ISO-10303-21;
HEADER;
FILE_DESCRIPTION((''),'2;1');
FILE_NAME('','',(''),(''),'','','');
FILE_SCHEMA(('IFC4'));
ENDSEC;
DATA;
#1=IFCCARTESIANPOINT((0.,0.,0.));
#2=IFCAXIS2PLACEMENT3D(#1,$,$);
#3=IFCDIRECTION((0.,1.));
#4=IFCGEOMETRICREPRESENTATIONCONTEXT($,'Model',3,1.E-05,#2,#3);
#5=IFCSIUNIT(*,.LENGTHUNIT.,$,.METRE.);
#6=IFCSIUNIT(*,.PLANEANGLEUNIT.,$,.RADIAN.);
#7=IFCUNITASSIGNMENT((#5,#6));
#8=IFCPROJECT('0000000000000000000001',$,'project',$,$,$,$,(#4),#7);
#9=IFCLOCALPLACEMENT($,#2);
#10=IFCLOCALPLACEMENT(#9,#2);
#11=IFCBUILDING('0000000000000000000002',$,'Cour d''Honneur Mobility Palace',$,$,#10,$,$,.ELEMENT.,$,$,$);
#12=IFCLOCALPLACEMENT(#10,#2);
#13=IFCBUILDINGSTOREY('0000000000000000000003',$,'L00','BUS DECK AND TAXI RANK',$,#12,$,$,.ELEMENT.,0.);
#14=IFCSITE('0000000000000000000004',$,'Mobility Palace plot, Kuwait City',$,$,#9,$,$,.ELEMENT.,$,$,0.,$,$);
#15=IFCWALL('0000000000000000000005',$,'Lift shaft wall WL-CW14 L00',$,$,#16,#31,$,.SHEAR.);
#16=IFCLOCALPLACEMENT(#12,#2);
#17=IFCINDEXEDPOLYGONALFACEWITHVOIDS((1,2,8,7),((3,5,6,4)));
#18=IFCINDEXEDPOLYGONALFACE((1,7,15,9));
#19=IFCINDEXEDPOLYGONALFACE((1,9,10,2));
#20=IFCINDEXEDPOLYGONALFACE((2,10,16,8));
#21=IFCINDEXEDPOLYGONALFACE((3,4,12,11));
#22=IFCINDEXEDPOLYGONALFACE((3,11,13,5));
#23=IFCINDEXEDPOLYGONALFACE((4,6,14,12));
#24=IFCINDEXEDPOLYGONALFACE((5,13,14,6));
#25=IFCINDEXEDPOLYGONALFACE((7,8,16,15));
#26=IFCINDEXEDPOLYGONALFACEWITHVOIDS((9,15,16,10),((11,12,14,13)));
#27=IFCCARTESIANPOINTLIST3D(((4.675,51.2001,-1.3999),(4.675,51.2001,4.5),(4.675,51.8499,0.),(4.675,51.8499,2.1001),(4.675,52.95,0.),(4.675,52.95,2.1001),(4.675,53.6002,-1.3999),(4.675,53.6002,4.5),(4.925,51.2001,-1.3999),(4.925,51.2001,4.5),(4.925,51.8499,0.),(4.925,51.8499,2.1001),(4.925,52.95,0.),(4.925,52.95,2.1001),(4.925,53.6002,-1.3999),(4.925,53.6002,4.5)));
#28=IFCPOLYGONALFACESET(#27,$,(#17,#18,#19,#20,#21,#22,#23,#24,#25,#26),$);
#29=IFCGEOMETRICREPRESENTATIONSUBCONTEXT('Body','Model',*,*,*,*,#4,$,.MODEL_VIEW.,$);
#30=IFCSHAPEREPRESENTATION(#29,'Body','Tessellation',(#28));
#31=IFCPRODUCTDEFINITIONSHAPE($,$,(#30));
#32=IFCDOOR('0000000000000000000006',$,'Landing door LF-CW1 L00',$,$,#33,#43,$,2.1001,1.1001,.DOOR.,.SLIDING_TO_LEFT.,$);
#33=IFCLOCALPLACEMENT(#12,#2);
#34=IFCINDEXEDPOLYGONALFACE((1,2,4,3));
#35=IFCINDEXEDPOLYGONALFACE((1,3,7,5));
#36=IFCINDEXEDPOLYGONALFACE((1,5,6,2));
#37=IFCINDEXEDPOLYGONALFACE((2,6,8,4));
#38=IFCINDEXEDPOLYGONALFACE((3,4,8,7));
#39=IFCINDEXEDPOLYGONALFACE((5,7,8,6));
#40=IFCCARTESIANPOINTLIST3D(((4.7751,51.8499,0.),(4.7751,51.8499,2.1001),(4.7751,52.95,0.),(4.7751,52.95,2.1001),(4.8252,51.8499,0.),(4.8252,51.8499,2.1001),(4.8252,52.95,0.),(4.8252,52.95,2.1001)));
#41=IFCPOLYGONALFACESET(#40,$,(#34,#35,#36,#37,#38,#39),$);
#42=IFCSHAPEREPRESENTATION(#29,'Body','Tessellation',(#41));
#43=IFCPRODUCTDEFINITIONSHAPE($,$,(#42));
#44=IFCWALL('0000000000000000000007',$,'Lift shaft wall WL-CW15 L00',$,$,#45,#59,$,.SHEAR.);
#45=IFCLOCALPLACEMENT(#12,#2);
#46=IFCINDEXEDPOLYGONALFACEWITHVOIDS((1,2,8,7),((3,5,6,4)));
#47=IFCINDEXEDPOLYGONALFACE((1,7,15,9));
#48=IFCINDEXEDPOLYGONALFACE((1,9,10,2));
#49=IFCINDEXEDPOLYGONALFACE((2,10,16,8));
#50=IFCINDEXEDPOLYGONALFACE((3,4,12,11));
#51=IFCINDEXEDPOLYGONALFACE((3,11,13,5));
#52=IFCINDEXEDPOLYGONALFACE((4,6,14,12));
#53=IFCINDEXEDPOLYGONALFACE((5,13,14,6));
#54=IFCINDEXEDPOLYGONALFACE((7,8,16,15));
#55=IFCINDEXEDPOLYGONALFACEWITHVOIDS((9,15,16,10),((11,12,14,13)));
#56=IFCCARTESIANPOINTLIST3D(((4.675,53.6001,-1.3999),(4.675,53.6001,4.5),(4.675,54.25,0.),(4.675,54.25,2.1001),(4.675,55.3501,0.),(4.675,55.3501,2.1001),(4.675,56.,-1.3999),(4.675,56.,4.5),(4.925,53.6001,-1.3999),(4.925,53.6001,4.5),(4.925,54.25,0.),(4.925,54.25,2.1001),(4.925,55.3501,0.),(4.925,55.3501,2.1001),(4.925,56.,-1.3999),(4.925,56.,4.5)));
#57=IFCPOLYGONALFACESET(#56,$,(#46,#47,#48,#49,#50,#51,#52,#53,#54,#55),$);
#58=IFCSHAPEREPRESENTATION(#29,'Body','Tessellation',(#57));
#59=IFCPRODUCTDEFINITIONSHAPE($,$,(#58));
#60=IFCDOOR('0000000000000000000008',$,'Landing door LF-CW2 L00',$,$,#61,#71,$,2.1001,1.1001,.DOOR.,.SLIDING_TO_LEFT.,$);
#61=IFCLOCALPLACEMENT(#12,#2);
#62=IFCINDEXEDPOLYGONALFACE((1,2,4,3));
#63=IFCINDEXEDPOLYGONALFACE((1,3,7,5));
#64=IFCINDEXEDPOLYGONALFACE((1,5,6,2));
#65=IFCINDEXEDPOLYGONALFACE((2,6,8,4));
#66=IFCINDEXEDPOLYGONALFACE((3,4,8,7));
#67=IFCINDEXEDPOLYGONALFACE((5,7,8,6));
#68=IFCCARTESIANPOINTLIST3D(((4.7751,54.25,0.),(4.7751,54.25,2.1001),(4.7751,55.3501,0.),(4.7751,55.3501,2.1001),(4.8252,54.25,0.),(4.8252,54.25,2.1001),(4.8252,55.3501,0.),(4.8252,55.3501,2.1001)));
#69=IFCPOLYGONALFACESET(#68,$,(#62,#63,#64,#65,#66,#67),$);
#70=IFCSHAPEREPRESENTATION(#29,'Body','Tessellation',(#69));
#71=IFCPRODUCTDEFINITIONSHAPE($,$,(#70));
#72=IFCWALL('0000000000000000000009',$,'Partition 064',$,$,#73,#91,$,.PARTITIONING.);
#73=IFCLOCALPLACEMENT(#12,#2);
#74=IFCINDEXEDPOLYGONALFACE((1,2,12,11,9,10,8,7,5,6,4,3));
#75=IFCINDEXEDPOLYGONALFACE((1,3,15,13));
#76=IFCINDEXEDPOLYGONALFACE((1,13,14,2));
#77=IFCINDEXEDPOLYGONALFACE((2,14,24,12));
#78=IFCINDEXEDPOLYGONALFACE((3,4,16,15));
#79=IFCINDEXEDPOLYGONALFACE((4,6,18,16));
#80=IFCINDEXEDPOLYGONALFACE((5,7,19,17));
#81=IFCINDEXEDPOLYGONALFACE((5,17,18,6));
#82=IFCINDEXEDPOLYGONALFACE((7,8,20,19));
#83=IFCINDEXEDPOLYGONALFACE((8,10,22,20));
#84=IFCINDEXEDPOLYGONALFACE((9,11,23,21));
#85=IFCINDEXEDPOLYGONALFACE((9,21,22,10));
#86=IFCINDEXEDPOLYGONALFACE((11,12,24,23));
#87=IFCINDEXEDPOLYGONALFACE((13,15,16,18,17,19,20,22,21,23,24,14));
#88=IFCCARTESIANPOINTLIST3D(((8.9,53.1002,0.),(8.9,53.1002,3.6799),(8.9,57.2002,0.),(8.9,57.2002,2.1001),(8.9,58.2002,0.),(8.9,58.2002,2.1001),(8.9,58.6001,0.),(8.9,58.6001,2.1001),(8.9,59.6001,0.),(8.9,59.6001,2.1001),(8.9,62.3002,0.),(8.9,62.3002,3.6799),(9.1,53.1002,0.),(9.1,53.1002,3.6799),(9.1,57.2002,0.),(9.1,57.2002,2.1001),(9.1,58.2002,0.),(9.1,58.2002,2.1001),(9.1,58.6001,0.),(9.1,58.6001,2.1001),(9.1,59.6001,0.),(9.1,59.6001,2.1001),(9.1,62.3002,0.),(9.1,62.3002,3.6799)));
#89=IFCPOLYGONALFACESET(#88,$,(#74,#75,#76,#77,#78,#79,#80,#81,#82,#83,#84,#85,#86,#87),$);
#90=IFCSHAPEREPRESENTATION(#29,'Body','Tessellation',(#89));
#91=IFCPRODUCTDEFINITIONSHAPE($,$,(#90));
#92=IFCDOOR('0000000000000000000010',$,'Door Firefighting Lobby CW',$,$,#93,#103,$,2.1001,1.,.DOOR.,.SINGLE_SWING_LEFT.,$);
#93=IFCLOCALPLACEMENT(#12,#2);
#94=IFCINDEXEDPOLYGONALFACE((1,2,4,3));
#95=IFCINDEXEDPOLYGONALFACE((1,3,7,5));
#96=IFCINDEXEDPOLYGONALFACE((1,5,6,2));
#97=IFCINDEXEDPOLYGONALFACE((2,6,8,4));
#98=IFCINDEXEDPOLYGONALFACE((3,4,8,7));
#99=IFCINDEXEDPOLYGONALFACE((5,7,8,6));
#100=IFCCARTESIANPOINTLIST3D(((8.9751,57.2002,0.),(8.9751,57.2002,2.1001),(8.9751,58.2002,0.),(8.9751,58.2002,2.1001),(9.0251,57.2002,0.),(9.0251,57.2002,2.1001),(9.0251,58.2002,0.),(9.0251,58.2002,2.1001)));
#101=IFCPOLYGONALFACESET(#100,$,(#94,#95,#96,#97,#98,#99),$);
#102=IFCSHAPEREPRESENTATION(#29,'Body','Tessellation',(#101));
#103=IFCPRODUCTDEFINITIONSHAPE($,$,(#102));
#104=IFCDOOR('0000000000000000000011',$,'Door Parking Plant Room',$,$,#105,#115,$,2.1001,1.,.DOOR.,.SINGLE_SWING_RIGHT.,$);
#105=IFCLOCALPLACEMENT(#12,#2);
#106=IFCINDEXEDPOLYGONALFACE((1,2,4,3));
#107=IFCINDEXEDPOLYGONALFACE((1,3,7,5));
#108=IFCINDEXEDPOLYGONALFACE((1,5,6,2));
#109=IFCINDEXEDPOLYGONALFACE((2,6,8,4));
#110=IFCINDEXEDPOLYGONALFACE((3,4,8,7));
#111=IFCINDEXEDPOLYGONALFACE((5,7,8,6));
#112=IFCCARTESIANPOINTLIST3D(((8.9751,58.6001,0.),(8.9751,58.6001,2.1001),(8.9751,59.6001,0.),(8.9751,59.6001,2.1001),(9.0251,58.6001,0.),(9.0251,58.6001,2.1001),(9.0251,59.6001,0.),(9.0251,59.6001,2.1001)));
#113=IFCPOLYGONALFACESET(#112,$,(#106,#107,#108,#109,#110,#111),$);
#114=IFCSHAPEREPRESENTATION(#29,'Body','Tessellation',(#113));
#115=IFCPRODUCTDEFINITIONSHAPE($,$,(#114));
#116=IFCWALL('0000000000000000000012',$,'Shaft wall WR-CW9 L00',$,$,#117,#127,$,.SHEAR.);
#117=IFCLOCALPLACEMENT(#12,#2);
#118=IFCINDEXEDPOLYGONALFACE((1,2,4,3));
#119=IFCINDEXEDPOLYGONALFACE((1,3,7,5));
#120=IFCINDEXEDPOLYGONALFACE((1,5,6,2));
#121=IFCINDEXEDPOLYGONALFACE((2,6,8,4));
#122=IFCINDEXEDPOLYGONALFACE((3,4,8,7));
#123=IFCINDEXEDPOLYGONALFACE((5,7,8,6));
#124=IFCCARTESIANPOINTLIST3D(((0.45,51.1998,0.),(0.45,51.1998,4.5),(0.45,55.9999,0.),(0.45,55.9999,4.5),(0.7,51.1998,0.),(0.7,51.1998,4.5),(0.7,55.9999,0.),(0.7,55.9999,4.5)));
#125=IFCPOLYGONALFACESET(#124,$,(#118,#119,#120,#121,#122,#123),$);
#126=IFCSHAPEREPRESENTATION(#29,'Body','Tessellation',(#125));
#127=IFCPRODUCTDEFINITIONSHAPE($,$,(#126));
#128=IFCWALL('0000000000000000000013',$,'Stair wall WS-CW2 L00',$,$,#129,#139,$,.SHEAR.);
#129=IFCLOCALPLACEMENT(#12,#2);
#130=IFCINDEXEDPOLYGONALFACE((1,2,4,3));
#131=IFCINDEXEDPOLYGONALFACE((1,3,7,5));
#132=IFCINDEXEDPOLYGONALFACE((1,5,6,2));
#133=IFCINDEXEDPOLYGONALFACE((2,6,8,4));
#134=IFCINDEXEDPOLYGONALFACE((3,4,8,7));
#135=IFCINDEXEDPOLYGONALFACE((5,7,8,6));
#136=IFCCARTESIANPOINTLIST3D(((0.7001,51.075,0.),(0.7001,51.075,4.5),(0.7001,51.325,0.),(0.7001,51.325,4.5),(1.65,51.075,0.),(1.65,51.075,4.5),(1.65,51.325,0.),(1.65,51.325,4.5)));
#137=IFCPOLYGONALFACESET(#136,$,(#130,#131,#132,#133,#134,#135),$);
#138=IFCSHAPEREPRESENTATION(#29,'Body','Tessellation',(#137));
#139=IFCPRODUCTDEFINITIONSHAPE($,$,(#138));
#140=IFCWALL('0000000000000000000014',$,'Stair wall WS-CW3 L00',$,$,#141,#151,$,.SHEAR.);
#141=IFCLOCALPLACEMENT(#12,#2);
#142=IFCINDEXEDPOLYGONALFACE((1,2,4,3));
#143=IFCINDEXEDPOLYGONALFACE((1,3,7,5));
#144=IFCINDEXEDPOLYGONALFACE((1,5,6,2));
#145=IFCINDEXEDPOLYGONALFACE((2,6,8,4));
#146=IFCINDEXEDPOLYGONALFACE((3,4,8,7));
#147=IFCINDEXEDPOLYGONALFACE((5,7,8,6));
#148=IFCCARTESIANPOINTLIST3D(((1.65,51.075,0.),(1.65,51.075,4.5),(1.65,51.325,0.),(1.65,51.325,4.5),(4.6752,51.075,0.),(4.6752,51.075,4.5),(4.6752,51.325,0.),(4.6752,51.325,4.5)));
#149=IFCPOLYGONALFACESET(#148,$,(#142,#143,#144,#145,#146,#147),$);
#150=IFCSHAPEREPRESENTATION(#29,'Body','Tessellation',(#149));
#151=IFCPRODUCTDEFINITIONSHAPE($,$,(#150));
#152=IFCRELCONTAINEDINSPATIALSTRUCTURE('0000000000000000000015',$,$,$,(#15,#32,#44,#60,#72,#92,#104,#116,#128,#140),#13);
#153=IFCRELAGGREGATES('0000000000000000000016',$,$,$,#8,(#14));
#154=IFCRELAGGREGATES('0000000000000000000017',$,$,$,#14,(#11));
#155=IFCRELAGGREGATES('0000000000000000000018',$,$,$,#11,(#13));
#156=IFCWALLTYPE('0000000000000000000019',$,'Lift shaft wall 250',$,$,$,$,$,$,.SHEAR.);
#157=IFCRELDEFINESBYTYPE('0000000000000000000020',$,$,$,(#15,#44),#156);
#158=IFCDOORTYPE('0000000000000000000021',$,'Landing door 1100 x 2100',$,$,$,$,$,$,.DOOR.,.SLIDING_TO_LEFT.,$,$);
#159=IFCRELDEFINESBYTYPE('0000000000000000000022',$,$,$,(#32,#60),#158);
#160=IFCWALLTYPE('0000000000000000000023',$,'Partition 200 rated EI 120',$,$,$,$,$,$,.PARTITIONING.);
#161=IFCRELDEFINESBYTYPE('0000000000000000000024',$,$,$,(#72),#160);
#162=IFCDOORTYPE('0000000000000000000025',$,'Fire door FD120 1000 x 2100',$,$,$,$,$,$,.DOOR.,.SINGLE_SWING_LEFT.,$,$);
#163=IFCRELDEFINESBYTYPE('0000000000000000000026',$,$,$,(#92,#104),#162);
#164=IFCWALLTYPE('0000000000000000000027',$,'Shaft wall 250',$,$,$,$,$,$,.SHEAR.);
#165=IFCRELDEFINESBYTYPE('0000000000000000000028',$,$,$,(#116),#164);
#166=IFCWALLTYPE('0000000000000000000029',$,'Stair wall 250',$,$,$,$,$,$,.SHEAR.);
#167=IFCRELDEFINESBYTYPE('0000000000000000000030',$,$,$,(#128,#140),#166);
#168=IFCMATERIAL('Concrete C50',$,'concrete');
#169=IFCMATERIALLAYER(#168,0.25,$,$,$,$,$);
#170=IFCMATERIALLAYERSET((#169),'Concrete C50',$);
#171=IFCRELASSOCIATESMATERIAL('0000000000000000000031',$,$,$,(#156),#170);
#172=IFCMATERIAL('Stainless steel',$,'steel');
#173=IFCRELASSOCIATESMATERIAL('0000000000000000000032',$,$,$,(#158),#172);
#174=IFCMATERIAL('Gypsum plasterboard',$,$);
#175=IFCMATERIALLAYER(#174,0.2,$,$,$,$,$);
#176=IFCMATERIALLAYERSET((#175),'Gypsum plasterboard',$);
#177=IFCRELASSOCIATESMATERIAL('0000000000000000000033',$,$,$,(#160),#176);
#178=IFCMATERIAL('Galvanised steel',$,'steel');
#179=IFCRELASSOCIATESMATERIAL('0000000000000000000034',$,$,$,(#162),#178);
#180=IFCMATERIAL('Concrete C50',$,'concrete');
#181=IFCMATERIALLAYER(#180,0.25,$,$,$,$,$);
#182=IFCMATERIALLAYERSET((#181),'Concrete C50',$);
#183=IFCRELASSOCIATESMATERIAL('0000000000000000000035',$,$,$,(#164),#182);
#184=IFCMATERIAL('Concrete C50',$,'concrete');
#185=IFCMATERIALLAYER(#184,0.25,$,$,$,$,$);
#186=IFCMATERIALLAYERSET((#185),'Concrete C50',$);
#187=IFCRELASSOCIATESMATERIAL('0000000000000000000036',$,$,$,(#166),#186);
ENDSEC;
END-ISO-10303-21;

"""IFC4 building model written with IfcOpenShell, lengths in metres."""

from ifc_helpers import new_model, si_unit, direction, frame, frame_2d, origin, place, context, subcontext, project, spatial, rectangle, extrude, material, layer, layer_set, type_object, element, fill, save


model = new_model("IFC4")

# Units and contexts
model_context = context("Model", 3, precision=1e-05, world=origin(), true_north=direction((0.0, 1.0)))
body_context = subcontext(model_context, "Body", "Model", "MODEL_VIEW")
ifc_project = project(units=[si_unit("LENGTHUNIT", "METRE"), si_unit("PLANEANGLEUNIT", "RADIAN")], contexts=[model_context])

# Site, building, storey
site_placement = place(None, origin())
site = spatial("IfcSite", under=ifc_project, at=site_placement, Name="Mobility Palace plot, Kuwait City", CompositionType="ELEMENT", RefElevation=0.0)
building_placement = place(site_placement, origin())
building = spatial("IfcBuilding", under=site, at=building_placement, Name="Cour d'Honneur Mobility Palace", CompositionType="ELEMENT")
storey_placement = place(building_placement, origin())
storey = spatial("IfcBuildingStorey", under=building, at=storey_placement, Name="L00", Description="BUS DECK AND TAXI RANK", CompositionType="ELEMENT", Elevation=0.0)

# Shared definitions
ifc_material_1 = material(Name="Concrete C50", Category="concrete")
ifc_layer_1 = layer(ifc_material_1, 0.25)
ifc_layer_set_1 = layer_set([ifc_layer_1], Name="Concrete C50")
wall_type_1 = type_object("IfcWallType", Name="Lift shaft wall 250", PredefinedType="SHEAR", material=ifc_layer_set_1)

# Walls, openings, doors
wall_1_placement = place(storey_placement, frame((4.8, 51.2, -1.3999), z_axis=(0.0, 0.0, 1.0), x_axis=(0.0, 1.0, 0.0)))
wall_1 = element("IfcWall", 1, at=wall_1_placement, inside=storey, type_object=wall_type_1, Name="Lift shaft wall WL-CW14 L00", PredefinedType="SHEAR", context=body_context, shape_type="SweptSolid", body=[
    extrude(rectangle(XDim=2.4001, YDim=0.25, at=frame_2d((1.2002, 0.0))), origin(), (0.0, 0.0, 1.0), 5.8999),
])
opening_1_placement = place(wall_1_placement, frame((0.6499, 0.0, 1.3999)))
opening_1 = element("IfcOpeningElement", 2, at=opening_1_placement, cuts=wall_1, PredefinedType="OPENING", context=body_context, shape_type="SweptSolid", body=[
    extrude(rectangle(XDim=1.1001, YDim=2.1001, at=frame_2d((0.55, 1.05))), frame((0.0, 0.135, 0.0), z_axis=(0.0, -1.0, 0.0), x_axis=(1.0, 0.0, 0.0)), (0.0, 0.0, 1.0), 0.27),
])
ifc_material_2 = material(Name="Stainless steel", Category="steel")
door_type_1 = type_object("IfcDoorType", Name="Landing door 1100 x 2100", OperationType="SLIDING_TO_LEFT", PredefinedType="DOOR", material=ifc_material_2)
door_1_placement = place(opening_1_placement, origin())
door_1 = element("IfcDoor", 3, at=door_1_placement, inside=storey, type_object=door_type_1, Name="Landing door LF-CW1 L00", OperationType="SLIDING_TO_LEFT", OverallHeight=2.1001, OverallWidth=1.1001, PredefinedType="DOOR", context=body_context, shape_type="SweptSolid", body=[
    extrude(rectangle(XDim=1.1001, YDim=2.1001, at=frame_2d((0.55, 1.05))), frame((0.0, 0.0249, 0.0), z_axis=(0.0, -1.0, 0.0), x_axis=(1.0, 0.0, 0.0)), (0.0, 0.0, 1.0), 0.05),
])
fill(opening_1, door_1)
wall_2_placement = place(storey_placement, frame((4.8, 53.6001, -1.3999), z_axis=(0.0, 0.0, 1.0), x_axis=(0.0, 1.0, 0.0)))
wall_2 = element("IfcWall", 4, at=wall_2_placement, inside=storey, type_object=wall_type_1, Name="Lift shaft wall WL-CW15 L00", PredefinedType="SHEAR", context=body_context, shape_type="SweptSolid", body=[
    extrude(rectangle(XDim=2.3999, YDim=0.25, at=frame_2d((1.2, 0.0))), origin(), (0.0, 0.0, 1.0), 5.8999),
])
opening_2_placement = place(wall_2_placement, frame((0.6499, 0.0, 1.3999)))
opening_2 = element("IfcOpeningElement", 5, at=opening_2_placement, cuts=wall_2, PredefinedType="OPENING", context=body_context, shape_type="SweptSolid", body=[
    extrude(rectangle(XDim=1.1001, YDim=2.1001, at=frame_2d((0.55, 1.05))), frame((0.0, 0.135, 0.0), z_axis=(0.0, -1.0, 0.0), x_axis=(1.0, 0.0, 0.0)), (0.0, 0.0, 1.0), 0.27),
])
door_2_placement = place(opening_2_placement, origin())
door_2 = element("IfcDoor", 6, at=door_2_placement, inside=storey, type_object=door_type_1, Name="Landing door LF-CW2 L00", OperationType="SLIDING_TO_LEFT", OverallHeight=2.1001, OverallWidth=1.1001, PredefinedType="DOOR", context=body_context, shape_type="SweptSolid", body=[
    extrude(rectangle(XDim=1.1001, YDim=2.1001, at=frame_2d((0.55, 1.05))), frame((0.0, 0.0249, 0.0), z_axis=(0.0, -1.0, 0.0), x_axis=(1.0, 0.0, 0.0)), (0.0, 0.0, 1.0), 0.05),
])
fill(opening_2, door_2)

# Wall, openings, doors
ifc_material_3 = material(Name="Gypsum plasterboard")
ifc_layer_2 = layer(ifc_material_3, 0.2)
ifc_layer_set_2 = layer_set([ifc_layer_2], Name="Gypsum plasterboard")
wall_type_2 = type_object("IfcWallType", Name="Partition 200 rated EI 120", PredefinedType="PARTITIONING", material=ifc_layer_set_2)
wall_3_placement = place(storey_placement, frame((9.0, 53.1001, 0.0), z_axis=(0.0, 0.0, 1.0), x_axis=(0.0, 1.0, 0.0)))
wall_3 = element("IfcWall", 7, at=wall_3_placement, inside=storey, type_object=wall_type_2, Name="Partition 064", PredefinedType="PARTITIONING", context=body_context, shape_type="SweptSolid", body=[
    extrude(rectangle(XDim=9.2, YDim=0.2, at=frame_2d((4.6001, 0.0))), origin(), (0.0, 0.0, 1.0), 3.6799),
])
opening_3_placement = place(wall_3_placement, frame((4.1001, 0.0, 0.0)))
opening_3 = element("IfcOpeningElement", 8, at=opening_3_placement, cuts=wall_3, PredefinedType="OPENING", context=body_context, shape_type="SweptSolid", body=[
    extrude(rectangle(XDim=1.0, YDim=2.1001, at=frame_2d((0.5, 1.05))), frame((0.0, 0.1099, 0.0), z_axis=(0.0, -1.0, 0.0), x_axis=(1.0, 0.0, 0.0)), (0.0, 0.0, 1.0), 0.22),
])
opening_4_placement = place(wall_3_placement, frame((5.5, 0.0, 0.0)))
opening_4 = element("IfcOpeningElement", 9, at=opening_4_placement, cuts=wall_3, PredefinedType="OPENING", context=body_context, shape_type="SweptSolid", body=[
    extrude(rectangle(XDim=1.0, YDim=2.1001, at=frame_2d((0.5, 1.05))), frame((0.0, 0.1099, 0.0), z_axis=(0.0, -1.0, 0.0), x_axis=(1.0, 0.0, 0.0)), (0.0, 0.0, 1.0), 0.22),
])
ifc_material_4 = material(Name="Galvanised steel", Category="steel")
door_type_2 = type_object("IfcDoorType", Name="Fire door FD120 1000 x 2100", OperationType="SINGLE_SWING_LEFT", PredefinedType="DOOR", material=ifc_material_4)
door_3_placement = place(opening_3_placement, origin())
door_3 = element("IfcDoor", 10, at=door_3_placement, inside=storey, type_object=door_type_2, Name="Door Firefighting Lobby CW", OperationType="SINGLE_SWING_LEFT", OverallHeight=2.1001, OverallWidth=1.0, PredefinedType="DOOR", context=body_context, shape_type="SweptSolid", body=[
    extrude(rectangle(XDim=1.0, YDim=2.1001, at=frame_2d((0.5, 1.05))), frame((0.0, 0.0249, 0.0), z_axis=(0.0, -1.0, 0.0), x_axis=(1.0, 0.0, 0.0)), (0.0, 0.0, 1.0), 0.05),
])
fill(opening_3, door_3)
door_4_placement = place(opening_4_placement, origin())
door_4 = element("IfcDoor", 11, at=door_4_placement, inside=storey, type_object=door_type_2, Name="Door Parking Plant Room", OperationType="SINGLE_SWING_RIGHT", OverallHeight=2.1001, OverallWidth=1.0, PredefinedType="DOOR", context=body_context, shape_type="SweptSolid", body=[
    extrude(rectangle(XDim=1.0, YDim=2.1001, at=frame_2d((0.5, 1.05))), frame((0.0, 0.0249, 0.0), z_axis=(0.0, -1.0, 0.0), x_axis=(1.0, 0.0, 0.0)), (0.0, 0.0, 1.0), 0.05),
])
fill(opening_4, door_4)

# Walls
ifc_material_5 = material(Name="Concrete C50", Category="concrete")
ifc_layer_3 = layer(ifc_material_5, 0.25)
ifc_layer_set_3 = layer_set([ifc_layer_3], Name="Concrete C50")
wall_type_3 = type_object("IfcWallType", Name="Shaft wall 250", PredefinedType="SHEAR", material=ifc_layer_set_3)
wall_4_placement = place(storey_placement, frame((0.575, 51.2, 0.0), z_axis=(0.0, 0.0, 1.0), x_axis=(0.0, 1.0, 0.0)))
element("IfcWall", 12, at=wall_4_placement, inside=storey, type_object=wall_type_3, Name="Shaft wall WR-CW9 L00", PredefinedType="SHEAR", context=body_context, shape_type="SweptSolid", body=[
    extrude(rectangle(XDim=4.8, YDim=0.25, at=frame_2d((2.3999, 0.0))), origin(), (0.0, 0.0, 1.0), 4.5),
])
ifc_material_6 = material(Name="Concrete C50", Category="concrete")
ifc_layer_4 = layer(ifc_material_6, 0.25)
ifc_layer_set_4 = layer_set([ifc_layer_4], Name="Concrete C50")
wall_type_4 = type_object("IfcWallType", Name="Stair wall 250", PredefinedType="SHEAR", material=ifc_layer_set_4)
wall_5_placement = place(storey_placement, frame((0.7, 51.2, 0.0), z_axis=(0.0, 0.0, 1.0), x_axis=(1.0, 0.0, 0.0)))
element("IfcWall", 13, at=wall_5_placement, inside=storey, type_object=wall_type_4, Name="Stair wall WS-CW2 L00", PredefinedType="SHEAR", context=body_context, shape_type="SweptSolid", body=[
    extrude(rectangle(XDim=0.95, YDim=0.25, at=frame_2d((0.4751, 0.0))), origin(), (0.0, 0.0, 1.0), 4.5),
])
wall_6_placement = place(storey_placement, frame((1.6499, 51.2, 0.0), z_axis=(0.0, 0.0, 1.0), x_axis=(1.0, 0.0, 0.0)))
element("IfcWall", 14, at=wall_6_placement, inside=storey, type_object=wall_type_4, Name="Stair wall WS-CW3 L00", PredefinedType="SHEAR", context=body_context, shape_type="SweptSolid", body=[
    extrude(rectangle(XDim=3.0251, YDim=0.25, at=frame_2d((1.5127, 0.0))), origin(), (0.0, 0.0, 1.0), 4.5),
])

save(model, "model.ifc")
